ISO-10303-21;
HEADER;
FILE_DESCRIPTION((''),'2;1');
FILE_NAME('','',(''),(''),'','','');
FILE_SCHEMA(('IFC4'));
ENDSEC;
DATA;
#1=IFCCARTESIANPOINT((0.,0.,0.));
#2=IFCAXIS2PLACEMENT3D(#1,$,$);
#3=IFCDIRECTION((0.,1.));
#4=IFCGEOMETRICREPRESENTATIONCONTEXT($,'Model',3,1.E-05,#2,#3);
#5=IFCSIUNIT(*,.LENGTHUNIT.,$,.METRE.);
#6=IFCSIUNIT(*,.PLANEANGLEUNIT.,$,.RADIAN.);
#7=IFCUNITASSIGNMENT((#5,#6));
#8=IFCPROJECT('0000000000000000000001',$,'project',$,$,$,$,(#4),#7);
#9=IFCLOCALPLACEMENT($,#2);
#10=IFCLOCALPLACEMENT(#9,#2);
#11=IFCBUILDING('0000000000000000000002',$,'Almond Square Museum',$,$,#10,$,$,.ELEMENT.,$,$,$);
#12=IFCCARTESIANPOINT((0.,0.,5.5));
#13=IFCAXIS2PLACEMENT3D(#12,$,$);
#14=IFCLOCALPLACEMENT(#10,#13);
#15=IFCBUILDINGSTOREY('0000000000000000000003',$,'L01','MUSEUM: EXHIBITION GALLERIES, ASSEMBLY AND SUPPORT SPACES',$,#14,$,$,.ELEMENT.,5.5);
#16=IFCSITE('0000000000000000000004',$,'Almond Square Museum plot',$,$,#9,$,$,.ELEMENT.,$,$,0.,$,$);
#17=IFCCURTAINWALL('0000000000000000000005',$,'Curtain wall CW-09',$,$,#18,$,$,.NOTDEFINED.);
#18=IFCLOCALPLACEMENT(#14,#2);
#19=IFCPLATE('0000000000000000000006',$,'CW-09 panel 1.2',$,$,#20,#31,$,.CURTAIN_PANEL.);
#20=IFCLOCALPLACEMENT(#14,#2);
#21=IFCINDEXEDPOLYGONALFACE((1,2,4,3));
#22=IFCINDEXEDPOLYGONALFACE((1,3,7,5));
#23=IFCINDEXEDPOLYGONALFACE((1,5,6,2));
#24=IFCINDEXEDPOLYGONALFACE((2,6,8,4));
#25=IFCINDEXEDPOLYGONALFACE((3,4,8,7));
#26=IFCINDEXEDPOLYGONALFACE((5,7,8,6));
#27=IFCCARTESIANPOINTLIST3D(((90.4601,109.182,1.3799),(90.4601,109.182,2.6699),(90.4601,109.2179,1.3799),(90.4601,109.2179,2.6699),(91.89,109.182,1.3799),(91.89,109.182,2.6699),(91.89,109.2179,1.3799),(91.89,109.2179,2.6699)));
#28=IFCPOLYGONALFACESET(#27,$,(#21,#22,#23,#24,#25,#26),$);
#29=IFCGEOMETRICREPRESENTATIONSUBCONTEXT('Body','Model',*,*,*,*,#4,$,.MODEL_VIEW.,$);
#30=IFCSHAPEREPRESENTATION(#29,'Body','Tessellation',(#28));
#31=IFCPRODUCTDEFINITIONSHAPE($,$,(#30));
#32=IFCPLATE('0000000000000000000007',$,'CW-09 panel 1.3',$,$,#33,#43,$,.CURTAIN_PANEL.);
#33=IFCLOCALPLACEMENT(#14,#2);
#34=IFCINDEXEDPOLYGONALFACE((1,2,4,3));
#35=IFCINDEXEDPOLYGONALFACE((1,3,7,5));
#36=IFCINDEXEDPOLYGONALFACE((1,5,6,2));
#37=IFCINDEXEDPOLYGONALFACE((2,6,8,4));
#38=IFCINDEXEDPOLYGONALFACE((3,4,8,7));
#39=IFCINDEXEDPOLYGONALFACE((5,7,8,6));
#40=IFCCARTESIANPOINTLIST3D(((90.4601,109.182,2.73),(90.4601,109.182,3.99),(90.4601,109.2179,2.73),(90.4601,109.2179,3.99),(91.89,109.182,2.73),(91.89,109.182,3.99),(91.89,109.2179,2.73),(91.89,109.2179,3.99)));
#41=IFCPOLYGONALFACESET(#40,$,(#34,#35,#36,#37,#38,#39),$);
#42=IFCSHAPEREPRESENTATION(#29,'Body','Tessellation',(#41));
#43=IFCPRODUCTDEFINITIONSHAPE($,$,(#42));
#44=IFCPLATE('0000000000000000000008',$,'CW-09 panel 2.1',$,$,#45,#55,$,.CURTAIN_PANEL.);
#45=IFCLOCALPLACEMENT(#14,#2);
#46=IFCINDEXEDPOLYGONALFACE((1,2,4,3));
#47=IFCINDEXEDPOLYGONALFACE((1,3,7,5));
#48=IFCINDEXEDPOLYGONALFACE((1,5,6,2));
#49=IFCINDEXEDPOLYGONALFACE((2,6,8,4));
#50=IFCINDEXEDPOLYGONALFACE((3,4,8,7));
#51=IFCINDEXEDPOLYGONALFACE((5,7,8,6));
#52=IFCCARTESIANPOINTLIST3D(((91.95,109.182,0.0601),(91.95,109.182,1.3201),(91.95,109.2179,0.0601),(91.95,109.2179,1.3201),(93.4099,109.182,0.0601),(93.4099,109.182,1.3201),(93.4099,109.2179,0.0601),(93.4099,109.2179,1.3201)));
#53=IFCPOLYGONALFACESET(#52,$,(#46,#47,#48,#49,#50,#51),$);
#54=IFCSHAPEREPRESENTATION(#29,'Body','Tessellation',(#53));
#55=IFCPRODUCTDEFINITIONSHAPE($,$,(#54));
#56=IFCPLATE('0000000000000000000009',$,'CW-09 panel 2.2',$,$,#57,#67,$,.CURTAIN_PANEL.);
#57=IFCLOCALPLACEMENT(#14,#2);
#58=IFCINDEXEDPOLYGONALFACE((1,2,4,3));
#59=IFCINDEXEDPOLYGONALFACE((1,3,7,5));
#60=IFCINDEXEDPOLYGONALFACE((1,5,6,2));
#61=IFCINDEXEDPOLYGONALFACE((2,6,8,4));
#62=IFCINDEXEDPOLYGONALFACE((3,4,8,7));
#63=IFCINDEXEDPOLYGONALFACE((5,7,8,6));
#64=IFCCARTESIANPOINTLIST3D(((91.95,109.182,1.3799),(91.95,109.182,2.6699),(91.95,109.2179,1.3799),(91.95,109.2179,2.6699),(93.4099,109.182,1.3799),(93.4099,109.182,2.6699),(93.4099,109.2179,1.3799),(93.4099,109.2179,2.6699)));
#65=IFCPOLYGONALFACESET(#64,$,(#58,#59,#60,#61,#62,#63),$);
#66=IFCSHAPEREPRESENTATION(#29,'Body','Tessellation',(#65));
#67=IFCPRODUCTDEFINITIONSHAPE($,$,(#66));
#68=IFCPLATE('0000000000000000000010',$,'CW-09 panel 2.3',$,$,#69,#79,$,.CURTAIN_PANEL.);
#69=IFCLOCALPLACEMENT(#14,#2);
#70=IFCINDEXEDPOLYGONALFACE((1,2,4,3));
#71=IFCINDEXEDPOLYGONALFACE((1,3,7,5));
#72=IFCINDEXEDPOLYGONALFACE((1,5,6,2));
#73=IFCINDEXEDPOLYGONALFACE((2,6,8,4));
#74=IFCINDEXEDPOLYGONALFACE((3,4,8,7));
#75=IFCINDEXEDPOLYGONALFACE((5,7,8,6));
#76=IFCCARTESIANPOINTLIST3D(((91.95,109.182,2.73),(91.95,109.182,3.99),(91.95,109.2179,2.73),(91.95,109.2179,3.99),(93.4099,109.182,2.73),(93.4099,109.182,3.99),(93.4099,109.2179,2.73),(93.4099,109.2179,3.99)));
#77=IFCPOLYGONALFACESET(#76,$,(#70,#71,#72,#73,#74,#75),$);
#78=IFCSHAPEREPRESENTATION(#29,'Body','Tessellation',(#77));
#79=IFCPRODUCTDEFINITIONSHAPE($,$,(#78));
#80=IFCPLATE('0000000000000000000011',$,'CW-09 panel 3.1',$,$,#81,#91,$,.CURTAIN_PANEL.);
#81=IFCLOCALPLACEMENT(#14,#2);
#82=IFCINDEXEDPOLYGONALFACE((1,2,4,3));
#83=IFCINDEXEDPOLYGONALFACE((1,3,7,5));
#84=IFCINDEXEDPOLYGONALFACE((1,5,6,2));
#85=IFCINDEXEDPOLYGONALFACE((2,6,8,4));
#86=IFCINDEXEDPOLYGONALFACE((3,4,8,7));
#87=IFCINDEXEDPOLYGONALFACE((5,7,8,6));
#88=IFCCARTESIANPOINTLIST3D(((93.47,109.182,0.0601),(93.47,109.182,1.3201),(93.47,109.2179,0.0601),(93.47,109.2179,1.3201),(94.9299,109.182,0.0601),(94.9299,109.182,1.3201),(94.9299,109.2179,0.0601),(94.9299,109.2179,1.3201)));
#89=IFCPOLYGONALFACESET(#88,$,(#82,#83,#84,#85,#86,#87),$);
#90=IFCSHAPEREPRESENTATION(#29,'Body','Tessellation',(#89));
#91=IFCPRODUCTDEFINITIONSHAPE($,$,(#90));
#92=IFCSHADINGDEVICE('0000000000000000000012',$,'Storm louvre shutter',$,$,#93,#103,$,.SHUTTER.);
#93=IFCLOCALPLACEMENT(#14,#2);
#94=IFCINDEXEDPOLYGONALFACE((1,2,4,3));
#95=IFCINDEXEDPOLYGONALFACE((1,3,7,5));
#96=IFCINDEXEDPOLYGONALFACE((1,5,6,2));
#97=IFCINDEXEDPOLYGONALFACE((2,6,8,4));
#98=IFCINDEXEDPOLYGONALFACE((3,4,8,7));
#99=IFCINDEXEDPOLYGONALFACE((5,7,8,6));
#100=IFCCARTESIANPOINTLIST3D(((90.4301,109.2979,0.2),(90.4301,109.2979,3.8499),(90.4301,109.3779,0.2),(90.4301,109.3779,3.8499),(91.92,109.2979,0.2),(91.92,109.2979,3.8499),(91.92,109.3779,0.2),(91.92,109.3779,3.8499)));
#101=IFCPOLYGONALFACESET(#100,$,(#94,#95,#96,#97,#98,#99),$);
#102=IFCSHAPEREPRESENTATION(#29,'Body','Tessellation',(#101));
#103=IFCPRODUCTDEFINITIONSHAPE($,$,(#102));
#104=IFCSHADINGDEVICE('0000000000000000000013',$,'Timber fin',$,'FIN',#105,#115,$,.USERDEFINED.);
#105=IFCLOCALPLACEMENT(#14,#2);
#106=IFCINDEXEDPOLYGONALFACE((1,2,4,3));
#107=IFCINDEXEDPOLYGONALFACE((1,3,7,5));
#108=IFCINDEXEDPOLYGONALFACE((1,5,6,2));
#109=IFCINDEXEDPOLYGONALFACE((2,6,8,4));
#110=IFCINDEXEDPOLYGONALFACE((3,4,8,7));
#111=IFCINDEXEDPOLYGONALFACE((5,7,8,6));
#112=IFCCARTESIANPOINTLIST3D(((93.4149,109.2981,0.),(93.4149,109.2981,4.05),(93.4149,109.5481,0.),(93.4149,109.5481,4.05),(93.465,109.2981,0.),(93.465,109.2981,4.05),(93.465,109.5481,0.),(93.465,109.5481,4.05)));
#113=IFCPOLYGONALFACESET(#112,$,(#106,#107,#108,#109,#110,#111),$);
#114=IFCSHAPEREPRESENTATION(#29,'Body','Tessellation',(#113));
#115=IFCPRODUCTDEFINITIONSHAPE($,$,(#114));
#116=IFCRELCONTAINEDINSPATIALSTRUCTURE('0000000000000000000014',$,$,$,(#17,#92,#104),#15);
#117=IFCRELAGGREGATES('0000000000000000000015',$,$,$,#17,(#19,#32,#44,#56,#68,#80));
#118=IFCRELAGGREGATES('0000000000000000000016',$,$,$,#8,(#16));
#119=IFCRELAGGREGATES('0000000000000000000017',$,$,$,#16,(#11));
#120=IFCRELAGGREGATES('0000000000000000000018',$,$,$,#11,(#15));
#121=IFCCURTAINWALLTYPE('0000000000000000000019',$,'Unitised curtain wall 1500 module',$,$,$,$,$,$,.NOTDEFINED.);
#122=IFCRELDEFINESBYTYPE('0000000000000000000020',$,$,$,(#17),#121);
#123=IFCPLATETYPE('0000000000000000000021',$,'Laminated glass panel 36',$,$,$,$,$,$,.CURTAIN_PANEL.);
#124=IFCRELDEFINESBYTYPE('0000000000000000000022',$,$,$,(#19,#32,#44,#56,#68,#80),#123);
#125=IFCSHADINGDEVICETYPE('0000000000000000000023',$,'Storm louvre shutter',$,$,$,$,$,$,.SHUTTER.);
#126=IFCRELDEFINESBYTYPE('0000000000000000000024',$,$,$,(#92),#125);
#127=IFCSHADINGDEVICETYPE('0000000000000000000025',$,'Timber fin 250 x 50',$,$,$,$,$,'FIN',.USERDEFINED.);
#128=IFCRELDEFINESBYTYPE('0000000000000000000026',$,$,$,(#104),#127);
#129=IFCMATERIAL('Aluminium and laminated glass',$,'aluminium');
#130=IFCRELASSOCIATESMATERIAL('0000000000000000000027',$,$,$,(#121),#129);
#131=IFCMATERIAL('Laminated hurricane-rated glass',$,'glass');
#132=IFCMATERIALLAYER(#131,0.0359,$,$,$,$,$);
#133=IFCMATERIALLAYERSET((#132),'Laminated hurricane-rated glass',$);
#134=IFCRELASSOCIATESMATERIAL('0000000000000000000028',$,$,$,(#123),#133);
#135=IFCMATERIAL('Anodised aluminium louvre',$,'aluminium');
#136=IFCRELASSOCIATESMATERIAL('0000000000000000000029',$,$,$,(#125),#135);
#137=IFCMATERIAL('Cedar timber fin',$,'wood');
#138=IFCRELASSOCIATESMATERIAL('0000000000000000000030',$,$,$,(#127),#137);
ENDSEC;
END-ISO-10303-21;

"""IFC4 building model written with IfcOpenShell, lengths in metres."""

from ifc_helpers import new_model, si_unit, direction, frame, origin, origin_2d, place, context, subcontext, project, spatial, rectangle, extrude, material, layer, layer_set, material_profile, profile_set, type_object, element, aggregate, save


model = new_model("IFC4")

# Units and contexts
model_context = context("Model", 3, precision=1e-05, world=origin(), true_north=direction((0.0, 1.0)))
body_context = subcontext(model_context, "Body", "Model", "MODEL_VIEW")
ifc_project = project(units=[si_unit("LENGTHUNIT", "METRE"), si_unit("PLANEANGLEUNIT", "RADIAN")], contexts=[model_context])

# Site, building, storey
site_placement = place(None, origin())
site = spatial("IfcSite", under=ifc_project, at=site_placement, Name="Almond Square Museum plot", CompositionType="ELEMENT", RefElevation=0.0)
building_placement = place(site_placement, origin())
building = spatial("IfcBuilding", under=site, at=building_placement, Name="Almond Square Museum", CompositionType="ELEMENT")
storey_placement = place(building_placement, frame((0.0, 0.0, 5.5)))
storey = spatial("IfcBuildingStorey", under=building, at=storey_placement, Name="L01", Description="MUSEUM: EXHIBITION GALLERIES, ASSEMBLY AND SUPPORT SPACES", CompositionType="ELEMENT", Elevation=5.5)

# Curtain wall, plates
ifc_material_1 = material(Name="Aluminium and laminated glass", Category="aluminium")
curtain_wall_type = type_object("IfcCurtainWallType", Name="Unitised curtain wall 1500 module", PredefinedType="NOTDEFINED", material=ifc_material_1)
curtain_wall_placement = place(storey_placement, origin())
curtain_wall = element("IfcCurtainWall", 1, at=curtain_wall_placement, inside=storey, type_object=curtain_wall_type, Name="Curtain wall CW-09", PredefinedType="NOTDEFINED")
ifc_material_2 = material(Name="Laminated hurricane-rated glass", Category="glass")
ifc_layer = layer(ifc_material_2, 0.0359)
ifc_layer_set = layer_set([ifc_layer], Name="Laminated hurricane-rated glass")
plate_type = type_object("IfcPlateType", Name="Laminated glass panel 36", PredefinedType="CURTAIN_PANEL", material=ifc_layer_set)
plate_1_placement = place(storey_placement, frame((91.175, 109.2, 1.3799), z_axis=(0.0, 0.0, 1.0), x_axis=(1.0, 0.0, 0.0)))
plate_1 = element("IfcPlate", 2, at=plate_1_placement, type_object=plate_type, Name="CW-09 panel 1.2", PredefinedType="CURTAIN_PANEL", context=body_context, shape_type="SweptSolid", body=[
    extrude(rectangle(XDim=1.4299, YDim=0.0359, at=origin_2d()), origin(), (0.0, 0.0, 1.0), 1.29),
])
plate_2_placement = place(storey_placement, frame((91.175, 109.2, 2.73), z_axis=(0.0, 0.0, 1.0), x_axis=(1.0, 0.0, 0.0)))
plate_2 = element("IfcPlate", 3, at=plate_2_placement, type_object=plate_type, Name="CW-09 panel 1.3", PredefinedType="CURTAIN_PANEL", context=body_context, shape_type="SweptSolid", body=[
    extrude(rectangle(XDim=1.4299, YDim=0.0359, at=origin_2d()), origin(), (0.0, 0.0, 1.0), 1.26),
])
plate_3_placement = place(storey_placement, frame((92.6799, 109.2, 0.0601), z_axis=(0.0, 0.0, 1.0), x_axis=(1.0, 0.0, 0.0)))
plate_3 = element("IfcPlate", 4, at=plate_3_placement, type_object=plate_type, Name="CW-09 panel 2.1", PredefinedType="CURTAIN_PANEL", context=body_context, shape_type="SweptSolid", body=[
    extrude(rectangle(XDim=1.46, YDim=0.0359, at=origin_2d()), origin(), (0.0, 0.0, 1.0), 1.26),
])
plate_4_placement = place(storey_placement, frame((92.6799, 109.2, 1.3799), z_axis=(0.0, 0.0, 1.0), x_axis=(1.0, 0.0, 0.0)))
plate_4 = element("IfcPlate", 5, at=plate_4_placement, type_object=plate_type, Name="CW-09 panel 2.2", PredefinedType="CURTAIN_PANEL", context=body_context, shape_type="SweptSolid", body=[
    extrude(rectangle(XDim=1.46, YDim=0.0359, at=origin_2d()), origin(), (0.0, 0.0, 1.0), 1.29),
])
plate_5_placement = place(storey_placement, frame((92.6799, 109.2, 2.73), z_axis=(0.0, 0.0, 1.0), x_axis=(1.0, 0.0, 0.0)))
plate_5 = element("IfcPlate", 6, at=plate_5_placement, type_object=plate_type, Name="CW-09 panel 2.3", PredefinedType="CURTAIN_PANEL", context=body_context, shape_type="SweptSolid", body=[
    extrude(rectangle(XDim=1.46, YDim=0.0359, at=origin_2d()), origin(), (0.0, 0.0, 1.0), 1.26),
])
plate_6_placement = place(storey_placement, frame((94.2, 109.2, 0.0601), z_axis=(0.0, 0.0, 1.0), x_axis=(1.0, 0.0, 0.0)))
plate_6 = element("IfcPlate", 7, at=plate_6_placement, type_object=plate_type, Name="CW-09 panel 3.1", PredefinedType="CURTAIN_PANEL", context=body_context, shape_type="SweptSolid", body=[
    extrude(rectangle(XDim=1.46, YDim=0.0359, at=origin_2d()), origin(), (0.0, 0.0, 1.0), 1.26),
])
aggregate(curtain_wall, [plate_1, plate_2, plate_3, plate_4, plate_5, plate_6])

# Shading devices
ifc_material_3 = material(Name="Anodised aluminium louvre", Category="aluminium")
shading_device_type_1 = type_object("IfcShadingDeviceType", Name="Storm louvre shutter", PredefinedType="SHUTTER", material=ifc_material_3)
shading_device_1_placement = place(storey_placement, frame((91.175, 109.3379, 0.2), z_axis=(0.0, 0.0, 1.0), x_axis=(1.0, 0.0, 0.0)))
element("IfcShadingDevice", 8, at=shading_device_1_placement, inside=storey, type_object=shading_device_type_1, Name="Storm louvre shutter", PredefinedType="SHUTTER", context=body_context, shape_type="SweptSolid", body=[
    extrude(rectangle(XDim=1.49, YDim=0.0801, at=origin_2d()), origin(), (0.0, 0.0, 1.0), 3.6499),
])
ifc_material_4 = material(Name="Cedar timber fin", Category="wood")
ifc_material_profile_1 = material_profile(ifc_material_4, rectangle(XDim=0.25, YDim=0.05, at=origin_2d()))
ifc_profile_set_1 = profile_set([ifc_material_profile_1], Name="Cedar timber fin")
shading_device_type_2 = type_object("IfcShadingDeviceType", Name="Timber fin 250 x 50", ElementType="FIN", PredefinedType="USERDEFINED", material=ifc_profile_set_1)
shading_device_2_placement = place(storey_placement, frame((93.4399, 109.4231, 0.0), z_axis=(0.0, 0.0, 1.0), x_axis=(0.0, 1.0, 0.0)))
element("IfcShadingDevice", 9, at=shading_device_2_placement, inside=storey, type_object=shading_device_type_2, Name="Timber fin", ObjectType="FIN", PredefinedType="USERDEFINED", context=body_context, shape_type="SweptSolid", body=[
    extrude(rectangle(XDim=0.25, YDim=0.05, at=origin_2d()), origin(), (0.0, 0.0, 1.0), 4.05),
])

save(model, "model.ifc")
